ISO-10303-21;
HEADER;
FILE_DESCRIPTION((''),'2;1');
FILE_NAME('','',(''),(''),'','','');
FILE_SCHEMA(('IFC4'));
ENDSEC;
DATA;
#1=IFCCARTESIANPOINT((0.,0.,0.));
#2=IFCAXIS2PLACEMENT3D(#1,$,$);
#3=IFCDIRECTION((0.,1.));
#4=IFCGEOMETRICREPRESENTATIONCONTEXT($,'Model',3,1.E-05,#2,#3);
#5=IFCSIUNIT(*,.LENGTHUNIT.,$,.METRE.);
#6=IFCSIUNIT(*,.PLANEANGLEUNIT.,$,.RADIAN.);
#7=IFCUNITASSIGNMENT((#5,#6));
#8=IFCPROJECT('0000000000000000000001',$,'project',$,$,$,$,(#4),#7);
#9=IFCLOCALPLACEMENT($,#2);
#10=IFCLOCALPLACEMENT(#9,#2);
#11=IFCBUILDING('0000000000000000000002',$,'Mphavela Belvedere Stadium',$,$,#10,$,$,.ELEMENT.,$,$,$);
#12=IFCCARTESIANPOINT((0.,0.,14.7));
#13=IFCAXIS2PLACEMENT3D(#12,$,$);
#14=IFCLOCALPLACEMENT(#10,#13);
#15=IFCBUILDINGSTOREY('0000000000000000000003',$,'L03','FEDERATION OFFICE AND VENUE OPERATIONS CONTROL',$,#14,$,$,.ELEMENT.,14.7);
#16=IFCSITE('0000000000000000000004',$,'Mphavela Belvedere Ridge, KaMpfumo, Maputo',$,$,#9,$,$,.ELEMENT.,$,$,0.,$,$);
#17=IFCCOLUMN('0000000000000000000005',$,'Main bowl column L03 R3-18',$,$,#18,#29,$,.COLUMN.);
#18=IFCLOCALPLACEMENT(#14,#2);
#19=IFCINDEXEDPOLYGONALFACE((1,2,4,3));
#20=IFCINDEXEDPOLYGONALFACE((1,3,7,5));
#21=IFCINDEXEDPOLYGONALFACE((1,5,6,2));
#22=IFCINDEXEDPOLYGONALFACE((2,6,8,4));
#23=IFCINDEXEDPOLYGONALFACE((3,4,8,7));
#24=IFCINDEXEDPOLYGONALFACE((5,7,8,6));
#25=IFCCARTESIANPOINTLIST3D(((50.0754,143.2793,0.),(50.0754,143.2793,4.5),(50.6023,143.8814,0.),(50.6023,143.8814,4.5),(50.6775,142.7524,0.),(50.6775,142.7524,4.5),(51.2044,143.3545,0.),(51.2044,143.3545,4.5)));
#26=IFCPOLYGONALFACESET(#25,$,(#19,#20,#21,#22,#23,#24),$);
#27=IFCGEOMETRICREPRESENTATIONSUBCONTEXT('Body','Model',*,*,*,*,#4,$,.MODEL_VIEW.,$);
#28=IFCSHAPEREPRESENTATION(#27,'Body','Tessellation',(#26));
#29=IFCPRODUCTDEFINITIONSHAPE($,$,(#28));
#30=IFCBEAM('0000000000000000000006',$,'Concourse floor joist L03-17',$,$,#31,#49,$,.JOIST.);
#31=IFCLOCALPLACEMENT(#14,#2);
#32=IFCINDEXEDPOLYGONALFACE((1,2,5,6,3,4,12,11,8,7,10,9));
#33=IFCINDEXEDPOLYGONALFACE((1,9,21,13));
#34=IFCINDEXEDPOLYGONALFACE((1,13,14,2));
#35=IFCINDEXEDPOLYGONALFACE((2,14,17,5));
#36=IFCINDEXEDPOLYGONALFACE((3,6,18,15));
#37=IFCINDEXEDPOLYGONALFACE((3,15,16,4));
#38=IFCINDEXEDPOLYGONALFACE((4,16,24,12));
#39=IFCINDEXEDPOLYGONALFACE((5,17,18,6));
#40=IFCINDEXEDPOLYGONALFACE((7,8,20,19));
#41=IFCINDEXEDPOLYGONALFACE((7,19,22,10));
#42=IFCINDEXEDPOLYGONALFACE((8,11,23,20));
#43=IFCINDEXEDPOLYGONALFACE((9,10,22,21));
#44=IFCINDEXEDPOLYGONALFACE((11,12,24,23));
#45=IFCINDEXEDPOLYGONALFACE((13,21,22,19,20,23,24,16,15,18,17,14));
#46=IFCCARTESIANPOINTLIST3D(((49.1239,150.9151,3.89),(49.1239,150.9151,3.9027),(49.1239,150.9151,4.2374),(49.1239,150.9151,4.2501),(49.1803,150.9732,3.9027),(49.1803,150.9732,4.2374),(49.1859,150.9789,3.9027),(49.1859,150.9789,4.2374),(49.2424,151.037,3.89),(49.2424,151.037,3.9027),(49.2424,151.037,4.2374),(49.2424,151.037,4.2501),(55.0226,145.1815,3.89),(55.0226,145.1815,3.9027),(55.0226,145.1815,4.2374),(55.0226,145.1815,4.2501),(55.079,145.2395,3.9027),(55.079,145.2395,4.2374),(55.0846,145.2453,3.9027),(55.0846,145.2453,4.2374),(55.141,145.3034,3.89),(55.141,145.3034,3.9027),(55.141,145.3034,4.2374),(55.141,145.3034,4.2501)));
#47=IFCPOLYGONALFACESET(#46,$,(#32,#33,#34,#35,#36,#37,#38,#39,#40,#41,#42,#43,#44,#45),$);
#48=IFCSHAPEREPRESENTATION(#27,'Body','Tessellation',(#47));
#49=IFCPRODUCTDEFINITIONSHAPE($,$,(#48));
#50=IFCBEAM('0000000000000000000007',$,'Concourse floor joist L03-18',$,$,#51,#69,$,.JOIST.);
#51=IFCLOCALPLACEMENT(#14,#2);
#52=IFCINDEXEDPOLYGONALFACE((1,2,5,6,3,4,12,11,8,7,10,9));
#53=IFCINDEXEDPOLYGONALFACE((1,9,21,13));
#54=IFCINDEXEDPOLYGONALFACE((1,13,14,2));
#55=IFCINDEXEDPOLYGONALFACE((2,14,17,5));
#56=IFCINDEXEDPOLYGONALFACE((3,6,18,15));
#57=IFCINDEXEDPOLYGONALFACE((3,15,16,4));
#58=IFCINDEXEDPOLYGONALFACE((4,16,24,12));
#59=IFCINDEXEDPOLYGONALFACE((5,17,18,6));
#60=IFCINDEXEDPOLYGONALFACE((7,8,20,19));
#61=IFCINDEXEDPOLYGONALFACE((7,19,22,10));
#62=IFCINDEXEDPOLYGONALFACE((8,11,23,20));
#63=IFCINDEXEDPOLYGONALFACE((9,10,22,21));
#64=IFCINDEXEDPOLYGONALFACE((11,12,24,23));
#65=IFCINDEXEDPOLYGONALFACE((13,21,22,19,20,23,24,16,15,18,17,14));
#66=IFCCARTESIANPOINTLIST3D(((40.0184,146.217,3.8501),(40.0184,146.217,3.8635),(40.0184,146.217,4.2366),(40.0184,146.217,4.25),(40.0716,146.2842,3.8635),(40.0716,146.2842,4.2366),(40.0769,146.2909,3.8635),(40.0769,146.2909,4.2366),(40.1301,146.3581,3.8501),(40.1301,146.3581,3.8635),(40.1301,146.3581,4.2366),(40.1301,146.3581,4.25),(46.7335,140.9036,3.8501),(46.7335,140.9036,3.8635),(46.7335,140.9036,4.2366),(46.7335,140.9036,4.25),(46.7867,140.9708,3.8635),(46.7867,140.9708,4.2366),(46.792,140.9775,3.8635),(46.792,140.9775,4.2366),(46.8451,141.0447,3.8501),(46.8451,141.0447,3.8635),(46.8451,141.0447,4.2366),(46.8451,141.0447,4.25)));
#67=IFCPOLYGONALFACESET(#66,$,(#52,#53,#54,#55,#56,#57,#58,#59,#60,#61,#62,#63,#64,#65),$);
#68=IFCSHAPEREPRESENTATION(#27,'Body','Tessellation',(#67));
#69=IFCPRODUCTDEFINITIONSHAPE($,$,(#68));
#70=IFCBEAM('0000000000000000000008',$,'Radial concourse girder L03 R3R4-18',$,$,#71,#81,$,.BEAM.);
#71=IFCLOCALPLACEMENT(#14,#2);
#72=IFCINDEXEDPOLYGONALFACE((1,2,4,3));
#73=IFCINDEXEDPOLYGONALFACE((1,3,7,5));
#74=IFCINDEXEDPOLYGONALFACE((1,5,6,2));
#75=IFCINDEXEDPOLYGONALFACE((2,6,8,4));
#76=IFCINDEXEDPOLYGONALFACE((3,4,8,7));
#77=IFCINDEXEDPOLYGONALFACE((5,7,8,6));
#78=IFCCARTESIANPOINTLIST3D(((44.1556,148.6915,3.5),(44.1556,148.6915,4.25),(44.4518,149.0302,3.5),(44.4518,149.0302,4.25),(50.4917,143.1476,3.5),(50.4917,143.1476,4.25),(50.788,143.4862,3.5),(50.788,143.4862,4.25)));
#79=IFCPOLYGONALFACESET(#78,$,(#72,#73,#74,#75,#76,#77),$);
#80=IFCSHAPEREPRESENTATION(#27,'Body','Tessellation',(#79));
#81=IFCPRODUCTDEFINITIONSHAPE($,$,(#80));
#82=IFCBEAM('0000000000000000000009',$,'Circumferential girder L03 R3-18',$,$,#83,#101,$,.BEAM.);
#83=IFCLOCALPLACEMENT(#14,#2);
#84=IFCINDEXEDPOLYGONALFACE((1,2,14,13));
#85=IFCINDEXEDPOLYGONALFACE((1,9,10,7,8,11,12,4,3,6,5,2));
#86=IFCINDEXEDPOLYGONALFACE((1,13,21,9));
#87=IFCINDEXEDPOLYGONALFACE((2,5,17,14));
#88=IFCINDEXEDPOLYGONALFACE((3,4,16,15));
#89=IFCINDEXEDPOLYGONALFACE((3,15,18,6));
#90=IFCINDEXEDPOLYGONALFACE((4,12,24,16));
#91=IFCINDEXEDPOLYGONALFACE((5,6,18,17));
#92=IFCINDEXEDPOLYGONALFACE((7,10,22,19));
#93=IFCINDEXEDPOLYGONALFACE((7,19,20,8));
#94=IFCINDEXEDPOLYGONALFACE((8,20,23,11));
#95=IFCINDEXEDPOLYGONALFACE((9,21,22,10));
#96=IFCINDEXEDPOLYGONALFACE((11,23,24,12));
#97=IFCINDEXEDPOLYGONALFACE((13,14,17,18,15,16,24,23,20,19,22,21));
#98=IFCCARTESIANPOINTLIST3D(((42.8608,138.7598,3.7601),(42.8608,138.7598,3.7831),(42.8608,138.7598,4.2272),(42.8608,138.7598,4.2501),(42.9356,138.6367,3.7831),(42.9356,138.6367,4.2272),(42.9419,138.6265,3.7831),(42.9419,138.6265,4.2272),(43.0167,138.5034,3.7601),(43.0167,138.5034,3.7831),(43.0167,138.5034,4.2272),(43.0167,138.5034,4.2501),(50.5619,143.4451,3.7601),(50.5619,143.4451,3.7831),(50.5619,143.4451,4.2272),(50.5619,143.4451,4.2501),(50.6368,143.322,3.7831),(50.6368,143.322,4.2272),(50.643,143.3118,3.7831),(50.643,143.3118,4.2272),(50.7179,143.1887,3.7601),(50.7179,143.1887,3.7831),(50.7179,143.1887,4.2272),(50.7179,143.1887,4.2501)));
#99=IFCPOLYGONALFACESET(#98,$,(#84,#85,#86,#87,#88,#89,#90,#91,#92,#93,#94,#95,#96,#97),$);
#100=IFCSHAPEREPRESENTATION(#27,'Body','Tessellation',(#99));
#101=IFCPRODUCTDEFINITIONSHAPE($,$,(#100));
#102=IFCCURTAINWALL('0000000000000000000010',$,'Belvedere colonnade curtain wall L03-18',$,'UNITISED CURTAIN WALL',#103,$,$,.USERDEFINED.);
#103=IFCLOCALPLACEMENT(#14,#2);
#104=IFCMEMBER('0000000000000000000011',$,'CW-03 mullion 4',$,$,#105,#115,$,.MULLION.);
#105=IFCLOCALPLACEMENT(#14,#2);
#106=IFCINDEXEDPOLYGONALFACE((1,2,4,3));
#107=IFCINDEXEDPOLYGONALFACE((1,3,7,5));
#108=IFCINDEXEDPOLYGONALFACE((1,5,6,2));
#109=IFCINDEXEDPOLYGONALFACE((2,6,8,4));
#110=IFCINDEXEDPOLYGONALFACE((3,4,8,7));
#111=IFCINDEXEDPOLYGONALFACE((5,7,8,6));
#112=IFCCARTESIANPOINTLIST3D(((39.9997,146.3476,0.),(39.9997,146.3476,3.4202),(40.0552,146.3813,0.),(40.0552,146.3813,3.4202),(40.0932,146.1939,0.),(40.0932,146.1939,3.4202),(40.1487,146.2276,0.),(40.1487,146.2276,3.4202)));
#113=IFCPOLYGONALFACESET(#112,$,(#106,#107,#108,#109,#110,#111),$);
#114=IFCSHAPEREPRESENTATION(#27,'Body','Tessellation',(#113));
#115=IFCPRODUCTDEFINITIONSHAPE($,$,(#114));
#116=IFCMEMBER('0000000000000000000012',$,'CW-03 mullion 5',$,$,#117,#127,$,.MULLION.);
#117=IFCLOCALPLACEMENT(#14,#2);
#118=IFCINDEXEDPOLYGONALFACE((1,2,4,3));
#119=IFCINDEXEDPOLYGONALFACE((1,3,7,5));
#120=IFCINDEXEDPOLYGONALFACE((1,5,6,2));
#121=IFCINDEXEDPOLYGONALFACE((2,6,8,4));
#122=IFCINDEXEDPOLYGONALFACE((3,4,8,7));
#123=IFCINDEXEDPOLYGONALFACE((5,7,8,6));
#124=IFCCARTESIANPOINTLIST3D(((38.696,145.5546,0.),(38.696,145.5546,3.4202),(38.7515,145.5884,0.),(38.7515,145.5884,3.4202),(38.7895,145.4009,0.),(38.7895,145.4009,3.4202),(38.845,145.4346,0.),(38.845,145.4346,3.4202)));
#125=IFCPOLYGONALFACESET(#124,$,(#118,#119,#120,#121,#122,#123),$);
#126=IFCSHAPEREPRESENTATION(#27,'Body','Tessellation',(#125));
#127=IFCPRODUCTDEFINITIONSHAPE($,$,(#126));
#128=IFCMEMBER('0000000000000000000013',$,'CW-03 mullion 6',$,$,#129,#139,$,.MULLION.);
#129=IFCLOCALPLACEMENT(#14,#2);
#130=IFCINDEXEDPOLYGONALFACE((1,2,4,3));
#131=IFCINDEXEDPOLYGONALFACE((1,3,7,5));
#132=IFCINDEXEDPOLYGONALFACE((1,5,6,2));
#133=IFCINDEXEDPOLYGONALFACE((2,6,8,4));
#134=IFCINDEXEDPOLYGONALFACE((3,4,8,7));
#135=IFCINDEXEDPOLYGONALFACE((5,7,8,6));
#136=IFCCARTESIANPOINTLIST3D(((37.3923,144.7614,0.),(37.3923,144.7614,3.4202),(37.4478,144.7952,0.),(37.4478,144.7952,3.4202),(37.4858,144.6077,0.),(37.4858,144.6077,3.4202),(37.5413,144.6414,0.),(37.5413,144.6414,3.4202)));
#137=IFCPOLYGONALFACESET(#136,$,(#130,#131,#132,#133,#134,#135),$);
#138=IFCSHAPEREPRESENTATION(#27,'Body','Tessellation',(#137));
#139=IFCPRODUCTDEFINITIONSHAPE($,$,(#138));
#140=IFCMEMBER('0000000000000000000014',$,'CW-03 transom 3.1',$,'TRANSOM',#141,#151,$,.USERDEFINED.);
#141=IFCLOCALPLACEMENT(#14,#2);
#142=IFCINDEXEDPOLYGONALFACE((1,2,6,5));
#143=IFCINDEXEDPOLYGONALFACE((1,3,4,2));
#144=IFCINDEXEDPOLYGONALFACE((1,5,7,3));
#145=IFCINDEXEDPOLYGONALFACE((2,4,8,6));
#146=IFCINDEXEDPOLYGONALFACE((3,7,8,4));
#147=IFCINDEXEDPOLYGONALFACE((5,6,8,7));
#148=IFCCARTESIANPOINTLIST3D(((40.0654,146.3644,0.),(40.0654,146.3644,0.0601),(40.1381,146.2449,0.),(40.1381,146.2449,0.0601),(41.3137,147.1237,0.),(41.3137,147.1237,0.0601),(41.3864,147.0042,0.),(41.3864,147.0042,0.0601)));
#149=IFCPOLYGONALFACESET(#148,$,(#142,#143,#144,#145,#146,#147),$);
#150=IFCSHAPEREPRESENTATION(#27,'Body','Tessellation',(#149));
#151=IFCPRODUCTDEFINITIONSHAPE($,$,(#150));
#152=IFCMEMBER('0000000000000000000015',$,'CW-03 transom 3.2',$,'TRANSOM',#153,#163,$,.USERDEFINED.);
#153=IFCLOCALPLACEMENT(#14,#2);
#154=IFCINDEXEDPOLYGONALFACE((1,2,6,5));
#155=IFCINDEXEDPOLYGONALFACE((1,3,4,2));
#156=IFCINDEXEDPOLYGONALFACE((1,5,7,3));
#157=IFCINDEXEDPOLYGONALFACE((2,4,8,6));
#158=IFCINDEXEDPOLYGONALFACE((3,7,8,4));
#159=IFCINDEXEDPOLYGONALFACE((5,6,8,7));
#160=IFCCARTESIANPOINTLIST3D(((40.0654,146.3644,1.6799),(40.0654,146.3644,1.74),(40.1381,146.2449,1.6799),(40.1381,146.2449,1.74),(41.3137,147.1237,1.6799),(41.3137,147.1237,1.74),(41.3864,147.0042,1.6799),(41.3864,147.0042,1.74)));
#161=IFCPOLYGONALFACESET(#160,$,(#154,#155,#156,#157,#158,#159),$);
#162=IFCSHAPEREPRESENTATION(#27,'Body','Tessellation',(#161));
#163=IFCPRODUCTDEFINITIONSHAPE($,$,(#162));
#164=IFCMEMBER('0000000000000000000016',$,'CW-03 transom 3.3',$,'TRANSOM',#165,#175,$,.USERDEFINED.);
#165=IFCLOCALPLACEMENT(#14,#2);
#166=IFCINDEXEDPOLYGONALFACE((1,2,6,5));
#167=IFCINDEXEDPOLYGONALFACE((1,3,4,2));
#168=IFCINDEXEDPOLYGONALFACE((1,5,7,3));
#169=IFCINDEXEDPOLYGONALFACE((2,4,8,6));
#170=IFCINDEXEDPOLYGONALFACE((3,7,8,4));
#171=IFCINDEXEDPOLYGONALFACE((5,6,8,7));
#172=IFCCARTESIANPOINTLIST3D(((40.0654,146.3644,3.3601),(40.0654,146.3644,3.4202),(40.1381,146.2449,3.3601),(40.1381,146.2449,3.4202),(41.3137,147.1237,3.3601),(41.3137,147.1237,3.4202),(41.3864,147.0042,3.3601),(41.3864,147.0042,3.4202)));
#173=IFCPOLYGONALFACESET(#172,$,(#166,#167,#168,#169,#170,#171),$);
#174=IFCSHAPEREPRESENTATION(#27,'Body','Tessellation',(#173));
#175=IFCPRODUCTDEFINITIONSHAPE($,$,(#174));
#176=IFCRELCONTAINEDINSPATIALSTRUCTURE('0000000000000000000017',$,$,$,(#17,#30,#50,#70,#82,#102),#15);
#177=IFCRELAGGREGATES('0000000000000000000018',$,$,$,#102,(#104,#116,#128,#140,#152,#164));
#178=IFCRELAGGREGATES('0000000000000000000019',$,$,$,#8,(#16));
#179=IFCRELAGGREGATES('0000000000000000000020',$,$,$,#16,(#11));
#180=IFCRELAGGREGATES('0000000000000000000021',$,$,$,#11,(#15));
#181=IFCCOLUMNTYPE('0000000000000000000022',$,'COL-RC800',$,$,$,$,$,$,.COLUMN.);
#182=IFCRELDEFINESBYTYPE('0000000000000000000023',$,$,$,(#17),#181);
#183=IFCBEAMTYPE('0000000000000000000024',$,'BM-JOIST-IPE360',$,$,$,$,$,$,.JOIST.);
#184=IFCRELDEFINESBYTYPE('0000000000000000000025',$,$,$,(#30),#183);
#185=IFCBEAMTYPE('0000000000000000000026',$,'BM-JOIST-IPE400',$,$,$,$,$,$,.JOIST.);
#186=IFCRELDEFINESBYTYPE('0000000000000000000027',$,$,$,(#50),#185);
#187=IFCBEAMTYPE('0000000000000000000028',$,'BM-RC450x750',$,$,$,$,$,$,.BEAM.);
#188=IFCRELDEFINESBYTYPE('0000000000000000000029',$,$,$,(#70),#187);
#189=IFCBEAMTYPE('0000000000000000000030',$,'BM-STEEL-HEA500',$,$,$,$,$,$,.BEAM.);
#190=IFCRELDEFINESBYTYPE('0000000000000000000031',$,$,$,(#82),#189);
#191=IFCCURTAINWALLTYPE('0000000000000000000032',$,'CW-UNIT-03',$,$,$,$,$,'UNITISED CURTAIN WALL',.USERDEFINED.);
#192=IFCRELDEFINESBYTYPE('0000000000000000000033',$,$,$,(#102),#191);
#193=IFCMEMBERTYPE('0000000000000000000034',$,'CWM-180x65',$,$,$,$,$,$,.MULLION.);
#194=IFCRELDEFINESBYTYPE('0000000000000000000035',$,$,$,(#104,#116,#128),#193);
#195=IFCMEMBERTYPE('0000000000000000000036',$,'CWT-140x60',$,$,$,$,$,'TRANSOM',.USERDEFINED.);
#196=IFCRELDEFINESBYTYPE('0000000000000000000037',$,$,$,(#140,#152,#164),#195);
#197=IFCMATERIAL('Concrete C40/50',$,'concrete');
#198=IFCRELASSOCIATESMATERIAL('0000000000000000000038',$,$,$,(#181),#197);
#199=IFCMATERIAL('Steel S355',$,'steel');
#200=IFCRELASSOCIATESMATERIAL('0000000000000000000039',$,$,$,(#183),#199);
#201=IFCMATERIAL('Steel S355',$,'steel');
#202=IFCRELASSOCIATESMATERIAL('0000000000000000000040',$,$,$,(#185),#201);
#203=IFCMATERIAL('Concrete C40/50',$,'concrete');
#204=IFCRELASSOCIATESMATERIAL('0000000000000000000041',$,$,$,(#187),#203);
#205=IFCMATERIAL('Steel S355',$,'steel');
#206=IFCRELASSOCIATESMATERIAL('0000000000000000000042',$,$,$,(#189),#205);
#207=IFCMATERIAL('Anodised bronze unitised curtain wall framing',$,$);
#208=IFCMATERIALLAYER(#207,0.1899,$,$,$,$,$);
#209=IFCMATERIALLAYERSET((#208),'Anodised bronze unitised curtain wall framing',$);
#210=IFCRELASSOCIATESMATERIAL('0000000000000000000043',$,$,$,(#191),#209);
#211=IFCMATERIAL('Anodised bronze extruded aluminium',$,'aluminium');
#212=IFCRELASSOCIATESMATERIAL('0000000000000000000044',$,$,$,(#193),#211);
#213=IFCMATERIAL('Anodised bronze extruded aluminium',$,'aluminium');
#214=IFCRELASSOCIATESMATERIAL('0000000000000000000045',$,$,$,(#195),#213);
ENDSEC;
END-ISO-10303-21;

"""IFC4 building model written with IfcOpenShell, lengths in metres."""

from ifc_helpers import new_model, si_unit, direction, frame, origin, origin_2d, place, context, subcontext, project, spatial, rectangle, i_section, extrude, material, layer, layer_set, material_profile, profile_set, type_object, element, aggregate, save


model = new_model("IFC4")

# Units and contexts
model_context = context("Model", 3, precision=1e-05, world=origin(), true_north=direction((0.0, 1.0)))
body_context = subcontext(model_context, "Body", "Model", "MODEL_VIEW")
ifc_project = project(units=[si_unit("LENGTHUNIT", "METRE"), si_unit("PLANEANGLEUNIT", "RADIAN")], contexts=[model_context])

# Site, building, storey
site_placement = place(None, origin())
site = spatial("IfcSite", under=ifc_project, at=site_placement, Name="Mphavela Belvedere Ridge, KaMpfumo, Maputo", CompositionType="ELEMENT", RefElevation=0.0)
building_placement = place(site_placement, origin())
building = spatial("IfcBuilding", under=site, at=building_placement, Name="Mphavela Belvedere Stadium", CompositionType="ELEMENT")
storey_placement = place(building_placement, frame((0.0, 0.0, 14.7)))
storey = spatial("IfcBuildingStorey", under=building, at=storey_placement, Name="L03", Description="FEDERATION OFFICE AND VENUE OPERATIONS CONTROL", CompositionType="ELEMENT", Elevation=14.7)

# Column
ifc_material_1 = material(Name="Concrete C40/50", Category="concrete")
ifc_material_profile_1 = material_profile(ifc_material_1, rectangle(XDim=0.8, YDim=0.8, at=origin_2d()), Name="RC 800x800")
ifc_profile_set_1 = profile_set([ifc_material_profile_1], Name="Concrete C40/50")
column_type = type_object("IfcColumnType", Name="COL-RC800", PredefinedType="COLUMN", material=ifc_profile_set_1)
column_placement = place(storey_placement, frame((50.6399, 143.3169, 0.0), z_axis=(0.0, 0.0, 1.0), x_axis=(-0.75253, 0.658558, 0.0)))
element("IfcColumn", 1, at=column_placement, inside=storey, type_object=column_type, Name="Main bowl column L03 R3-18", PredefinedType="COLUMN", context=body_context, shape_type="SweptSolid", body=[
    extrude(rectangle(XDim=0.8, YDim=0.8, at=origin_2d()), origin(), (0.0, 0.0, 1.0), 4.5),
])

# Beams
ifc_material_2 = material(Name="Steel S355", Category="steel")
ifc_material_profile_2 = material_profile(ifc_material_2, i_section(OverallWidth=0.1699, OverallDepth=0.3601, WebThickness=0.0081, FlangeThickness=0.0127, at=origin_2d()), Name="IPE 360")
ifc_profile_set_2 = profile_set([ifc_material_profile_2], Name="Steel S355")
beam_type_1 = type_object("IfcBeamType", Name="BM-JOIST-IPE360", PredefinedType="JOIST", material=ifc_profile_set_2)
beam_1_placement = place(storey_placement, frame((55.0818, 145.2424, 4.0701), z_axis=(-0.717067, 0.697004, 0.0), x_axis=(-0.697004, -0.717067, 0.0)))
element("IfcBeam", 2, at=beam_1_placement, inside=storey, type_object=beam_type_1, Name="Concourse floor joist L03-17", PredefinedType="JOIST", context=body_context, shape_type="SweptSolid", body=[
    extrude(i_section(OverallWidth=0.1699, OverallDepth=0.3601, WebThickness=0.0081, FlangeThickness=0.0127, at=origin_2d()), origin(), (0.0, 0.0, 1.0), 8.2261),
])
ifc_material_3 = material(Name="Steel S355", Category="steel")
ifc_material_profile_3 = material_profile(ifc_material_3, i_section(OverallWidth=0.1799, OverallDepth=0.3999, WebThickness=0.0085, FlangeThickness=0.0134, at=origin_2d()), Name="IPE 400")
ifc_profile_set_3 = profile_set([ifc_material_profile_3], Name="Steel S355")
beam_type_2 = type_object("IfcBeamType", Name="BM-JOIST-IPE400", PredefinedType="JOIST", material=ifc_profile_set_3)
beam_2_placement = place(storey_placement, frame((46.7893, 140.9741, 4.05), z_axis=(-0.784196, 0.620514, 0.0), x_axis=(-0.620514, -0.784196, 0.0)))
element("IfcBeam", 3, at=beam_2_placement, inside=storey, type_object=beam_type_2, Name="Concourse floor joist L03-18", PredefinedType="JOIST", context=body_context, shape_type="SweptSolid", body=[
    extrude(i_section(OverallWidth=0.1799, OverallDepth=0.3999, WebThickness=0.0085, FlangeThickness=0.0134, at=origin_2d()), origin(), (0.0, 0.0, 1.0), 8.563),
])
ifc_material_4 = material(Name="Concrete C40/50", Category="concrete")
ifc_material_profile_4 = material_profile(ifc_material_4, rectangle(XDim=0.45, YDim=0.75, at=origin_2d()), Name="RC 450x750")
ifc_profile_set_4 = profile_set([ifc_material_profile_4], Name="Concrete C40/50")
beam_type_3 = type_object("IfcBeamType", Name="BM-RC450x750", PredefinedType="BEAM", material=ifc_profile_set_4)
beam_3_placement = place(storey_placement, frame((50.6399, 143.3169, 3.875), z_axis=(-0.752589, 0.65849, 0.0), x_axis=(-0.65849, -0.752589, 0.0)))
element("IfcBeam", 4, at=beam_3_placement, inside=storey, type_object=beam_type_3, Name="Radial concourse girder L03 R3R4-18", PredefinedType="BEAM", context=body_context, shape_type="SweptSolid", body=[
    extrude(rectangle(XDim=0.45, YDim=0.75, at=origin_2d()), origin(), (0.0, 0.0, 1.0), 8.4192),
])
ifc_material_5 = material(Name="Steel S355", Category="steel")
ifc_material_profile_5 = material_profile(ifc_material_5, i_section(OverallWidth=0.3, OverallDepth=0.49, WebThickness=0.012, FlangeThickness=0.0229, at=origin_2d()), Name="HEA 500")
ifc_profile_set_5 = profile_set([ifc_material_profile_5], Name="Steel S355")
beam_type_4 = type_object("IfcBeamType", Name="BM-STEEL-HEA500", PredefinedType="BEAM", material=ifc_profile_set_5)
beam_4_placement = place(storey_placement, frame((50.6399, 143.3169, 4.0051), z_axis=(-0.854315, -0.519755, 0.0), x_axis=(0.519755, -0.854315, 0.0)))
element("IfcBeam", 5, at=beam_4_placement, inside=storey, type_object=beam_type_4, Name="Circumferential girder L03 R3-18", PredefinedType="BEAM", context=body_context, shape_type="SweptSolid", body=[
    extrude(i_section(OverallWidth=0.3, OverallDepth=0.49, WebThickness=0.012, FlangeThickness=0.0229, at=origin_2d()), origin(), (0.0, 0.0, 1.0), 9.0144),
])

# Curtain wall, members
ifc_material_6 = material(Name="Anodised bronze unitised curtain wall framing")
ifc_layer_1 = layer(ifc_material_6, 0.1899)
ifc_layer_set_1 = layer_set([ifc_layer_1], Name="Anodised bronze unitised curtain wall framing")
curtain_wall_type = type_object("IfcCurtainWallType", Name="CW-UNIT-03", ElementType="UNITISED CURTAIN WALL", PredefinedType="USERDEFINED", material=ifc_layer_set_1)
curtain_wall_placement = place(storey_placement, origin())
curtain_wall = element("IfcCurtainWall", 6, at=curtain_wall_placement, inside=storey, type_object=curtain_wall_type, Name="Belvedere colonnade curtain wall L03-18", ObjectType="UNITISED CURTAIN WALL", PredefinedType="USERDEFINED")
ifc_material_7 = material(Name="Anodised bronze extruded aluminium", Category="aluminium")
ifc_material_profile_6 = material_profile(ifc_material_7, rectangle(XDim=0.1799, YDim=0.0649, at=origin_2d()), Name="CW-MUL 180x65")
ifc_profile_set_6 = profile_set([ifc_material_profile_6], Name="Anodised bronze extruded aluminium")
member_type_1 = type_object("IfcMemberType", Name="CWM-180x65", PredefinedType="MULLION", material=ifc_profile_set_6)
member_1_placement = place(storey_placement, frame((40.0742, 146.2876, 0.0), z_axis=(0.0, 0.0, 1.0), x_axis=(0.519738, -0.854325, 0.0)))
member_1 = element("IfcMember", 7, at=member_1_placement, type_object=member_type_1, Name="CW-03 mullion 4", PredefinedType="MULLION", context=body_context, shape_type="SweptSolid", body=[
    extrude(rectangle(XDim=0.1799, YDim=0.0649, at=origin_2d()), origin(), (0.0, 0.0, 1.0), 3.4202),
])
member_2_placement = place(storey_placement, frame((38.7705, 145.4946, 0.0), z_axis=(0.0, 0.0, 1.0), x_axis=(0.519738, -0.854325, 0.0)))
member_2 = element("IfcMember", 8, at=member_2_placement, type_object=member_type_1, Name="CW-03 mullion 5", PredefinedType="MULLION", context=body_context, shape_type="SweptSolid", body=[
    extrude(rectangle(XDim=0.1799, YDim=0.0649, at=origin_2d()), origin(), (0.0, 0.0, 1.0), 3.4202),
])
member_3_placement = place(storey_placement, frame((37.4668, 144.7014, 0.0), z_axis=(0.0, 0.0, 1.0), x_axis=(0.519738, -0.854325, 0.0)))
member_3 = element("IfcMember", 9, at=member_3_placement, type_object=member_type_1, Name="CW-03 mullion 6", PredefinedType="MULLION", context=body_context, shape_type="SweptSolid", body=[
    extrude(rectangle(XDim=0.1799, YDim=0.0649, at=origin_2d()), origin(), (0.0, 0.0, 1.0), 3.4202),
])
ifc_material_8 = material(Name="Anodised bronze extruded aluminium", Category="aluminium")
ifc_material_profile_7 = material_profile(ifc_material_8, rectangle(XDim=0.1399, YDim=0.0601, at=origin_2d()), Name="CW-TRN 140x60")
ifc_profile_set_7 = profile_set([ifc_material_profile_7], Name="Anodised bronze extruded aluminium")
member_type_2 = type_object("IfcMemberType", Name="CWT-140x60", ElementType="TRANSOM", PredefinedType="USERDEFINED", material=ifc_profile_set_7)
member_4_placement = place(storey_placement, frame((41.3501, 147.064, 0.03), z_axis=(-0.854366, -0.519671, 0.0), x_axis=(0.519671, -0.854366, 0.0)))
member_4 = element("IfcMember", 10, at=member_4_placement, type_object=member_type_2, Name="CW-03 transom 3.1", ObjectType="TRANSOM", PredefinedType="USERDEFINED", context=body_context, shape_type="SweptSolid", body=[
    extrude(rectangle(XDim=0.1399, YDim=0.0601, at=origin_2d()), origin(), (0.0, 0.0, 1.0), 1.4612),
])
member_5_placement = place(storey_placement, frame((41.3501, 147.064, 1.71), z_axis=(-0.854366, -0.519671, 0.0), x_axis=(0.519671, -0.854366, 0.0)))
member_5 = element("IfcMember", 11, at=member_5_placement, type_object=member_type_2, Name="CW-03 transom 3.2", ObjectType="TRANSOM", PredefinedType="USERDEFINED", context=body_context, shape_type="SweptSolid", body=[
    extrude(rectangle(XDim=0.1399, YDim=0.0601, at=origin_2d()), origin(), (0.0, 0.0, 1.0), 1.4612),
])
member_6_placement = place(storey_placement, frame((41.3501, 147.064, 3.3901), z_axis=(-0.854366, -0.519671, 0.0), x_axis=(0.519671, -0.854366, 0.0)))
member_6 = element("IfcMember", 12, at=member_6_placement, type_object=member_type_2, Name="CW-03 transom 3.3", ObjectType="TRANSOM", PredefinedType="USERDEFINED", context=body_context, shape_type="SweptSolid", body=[
    extrude(rectangle(XDim=0.1399, YDim=0.0601, at=origin_2d()), origin(), (0.0, 0.0, 1.0), 1.4612),
])
aggregate(curtain_wall, [member_1, member_2, member_3, member_4, member_5, member_6])

save(model, "model.ifc")
